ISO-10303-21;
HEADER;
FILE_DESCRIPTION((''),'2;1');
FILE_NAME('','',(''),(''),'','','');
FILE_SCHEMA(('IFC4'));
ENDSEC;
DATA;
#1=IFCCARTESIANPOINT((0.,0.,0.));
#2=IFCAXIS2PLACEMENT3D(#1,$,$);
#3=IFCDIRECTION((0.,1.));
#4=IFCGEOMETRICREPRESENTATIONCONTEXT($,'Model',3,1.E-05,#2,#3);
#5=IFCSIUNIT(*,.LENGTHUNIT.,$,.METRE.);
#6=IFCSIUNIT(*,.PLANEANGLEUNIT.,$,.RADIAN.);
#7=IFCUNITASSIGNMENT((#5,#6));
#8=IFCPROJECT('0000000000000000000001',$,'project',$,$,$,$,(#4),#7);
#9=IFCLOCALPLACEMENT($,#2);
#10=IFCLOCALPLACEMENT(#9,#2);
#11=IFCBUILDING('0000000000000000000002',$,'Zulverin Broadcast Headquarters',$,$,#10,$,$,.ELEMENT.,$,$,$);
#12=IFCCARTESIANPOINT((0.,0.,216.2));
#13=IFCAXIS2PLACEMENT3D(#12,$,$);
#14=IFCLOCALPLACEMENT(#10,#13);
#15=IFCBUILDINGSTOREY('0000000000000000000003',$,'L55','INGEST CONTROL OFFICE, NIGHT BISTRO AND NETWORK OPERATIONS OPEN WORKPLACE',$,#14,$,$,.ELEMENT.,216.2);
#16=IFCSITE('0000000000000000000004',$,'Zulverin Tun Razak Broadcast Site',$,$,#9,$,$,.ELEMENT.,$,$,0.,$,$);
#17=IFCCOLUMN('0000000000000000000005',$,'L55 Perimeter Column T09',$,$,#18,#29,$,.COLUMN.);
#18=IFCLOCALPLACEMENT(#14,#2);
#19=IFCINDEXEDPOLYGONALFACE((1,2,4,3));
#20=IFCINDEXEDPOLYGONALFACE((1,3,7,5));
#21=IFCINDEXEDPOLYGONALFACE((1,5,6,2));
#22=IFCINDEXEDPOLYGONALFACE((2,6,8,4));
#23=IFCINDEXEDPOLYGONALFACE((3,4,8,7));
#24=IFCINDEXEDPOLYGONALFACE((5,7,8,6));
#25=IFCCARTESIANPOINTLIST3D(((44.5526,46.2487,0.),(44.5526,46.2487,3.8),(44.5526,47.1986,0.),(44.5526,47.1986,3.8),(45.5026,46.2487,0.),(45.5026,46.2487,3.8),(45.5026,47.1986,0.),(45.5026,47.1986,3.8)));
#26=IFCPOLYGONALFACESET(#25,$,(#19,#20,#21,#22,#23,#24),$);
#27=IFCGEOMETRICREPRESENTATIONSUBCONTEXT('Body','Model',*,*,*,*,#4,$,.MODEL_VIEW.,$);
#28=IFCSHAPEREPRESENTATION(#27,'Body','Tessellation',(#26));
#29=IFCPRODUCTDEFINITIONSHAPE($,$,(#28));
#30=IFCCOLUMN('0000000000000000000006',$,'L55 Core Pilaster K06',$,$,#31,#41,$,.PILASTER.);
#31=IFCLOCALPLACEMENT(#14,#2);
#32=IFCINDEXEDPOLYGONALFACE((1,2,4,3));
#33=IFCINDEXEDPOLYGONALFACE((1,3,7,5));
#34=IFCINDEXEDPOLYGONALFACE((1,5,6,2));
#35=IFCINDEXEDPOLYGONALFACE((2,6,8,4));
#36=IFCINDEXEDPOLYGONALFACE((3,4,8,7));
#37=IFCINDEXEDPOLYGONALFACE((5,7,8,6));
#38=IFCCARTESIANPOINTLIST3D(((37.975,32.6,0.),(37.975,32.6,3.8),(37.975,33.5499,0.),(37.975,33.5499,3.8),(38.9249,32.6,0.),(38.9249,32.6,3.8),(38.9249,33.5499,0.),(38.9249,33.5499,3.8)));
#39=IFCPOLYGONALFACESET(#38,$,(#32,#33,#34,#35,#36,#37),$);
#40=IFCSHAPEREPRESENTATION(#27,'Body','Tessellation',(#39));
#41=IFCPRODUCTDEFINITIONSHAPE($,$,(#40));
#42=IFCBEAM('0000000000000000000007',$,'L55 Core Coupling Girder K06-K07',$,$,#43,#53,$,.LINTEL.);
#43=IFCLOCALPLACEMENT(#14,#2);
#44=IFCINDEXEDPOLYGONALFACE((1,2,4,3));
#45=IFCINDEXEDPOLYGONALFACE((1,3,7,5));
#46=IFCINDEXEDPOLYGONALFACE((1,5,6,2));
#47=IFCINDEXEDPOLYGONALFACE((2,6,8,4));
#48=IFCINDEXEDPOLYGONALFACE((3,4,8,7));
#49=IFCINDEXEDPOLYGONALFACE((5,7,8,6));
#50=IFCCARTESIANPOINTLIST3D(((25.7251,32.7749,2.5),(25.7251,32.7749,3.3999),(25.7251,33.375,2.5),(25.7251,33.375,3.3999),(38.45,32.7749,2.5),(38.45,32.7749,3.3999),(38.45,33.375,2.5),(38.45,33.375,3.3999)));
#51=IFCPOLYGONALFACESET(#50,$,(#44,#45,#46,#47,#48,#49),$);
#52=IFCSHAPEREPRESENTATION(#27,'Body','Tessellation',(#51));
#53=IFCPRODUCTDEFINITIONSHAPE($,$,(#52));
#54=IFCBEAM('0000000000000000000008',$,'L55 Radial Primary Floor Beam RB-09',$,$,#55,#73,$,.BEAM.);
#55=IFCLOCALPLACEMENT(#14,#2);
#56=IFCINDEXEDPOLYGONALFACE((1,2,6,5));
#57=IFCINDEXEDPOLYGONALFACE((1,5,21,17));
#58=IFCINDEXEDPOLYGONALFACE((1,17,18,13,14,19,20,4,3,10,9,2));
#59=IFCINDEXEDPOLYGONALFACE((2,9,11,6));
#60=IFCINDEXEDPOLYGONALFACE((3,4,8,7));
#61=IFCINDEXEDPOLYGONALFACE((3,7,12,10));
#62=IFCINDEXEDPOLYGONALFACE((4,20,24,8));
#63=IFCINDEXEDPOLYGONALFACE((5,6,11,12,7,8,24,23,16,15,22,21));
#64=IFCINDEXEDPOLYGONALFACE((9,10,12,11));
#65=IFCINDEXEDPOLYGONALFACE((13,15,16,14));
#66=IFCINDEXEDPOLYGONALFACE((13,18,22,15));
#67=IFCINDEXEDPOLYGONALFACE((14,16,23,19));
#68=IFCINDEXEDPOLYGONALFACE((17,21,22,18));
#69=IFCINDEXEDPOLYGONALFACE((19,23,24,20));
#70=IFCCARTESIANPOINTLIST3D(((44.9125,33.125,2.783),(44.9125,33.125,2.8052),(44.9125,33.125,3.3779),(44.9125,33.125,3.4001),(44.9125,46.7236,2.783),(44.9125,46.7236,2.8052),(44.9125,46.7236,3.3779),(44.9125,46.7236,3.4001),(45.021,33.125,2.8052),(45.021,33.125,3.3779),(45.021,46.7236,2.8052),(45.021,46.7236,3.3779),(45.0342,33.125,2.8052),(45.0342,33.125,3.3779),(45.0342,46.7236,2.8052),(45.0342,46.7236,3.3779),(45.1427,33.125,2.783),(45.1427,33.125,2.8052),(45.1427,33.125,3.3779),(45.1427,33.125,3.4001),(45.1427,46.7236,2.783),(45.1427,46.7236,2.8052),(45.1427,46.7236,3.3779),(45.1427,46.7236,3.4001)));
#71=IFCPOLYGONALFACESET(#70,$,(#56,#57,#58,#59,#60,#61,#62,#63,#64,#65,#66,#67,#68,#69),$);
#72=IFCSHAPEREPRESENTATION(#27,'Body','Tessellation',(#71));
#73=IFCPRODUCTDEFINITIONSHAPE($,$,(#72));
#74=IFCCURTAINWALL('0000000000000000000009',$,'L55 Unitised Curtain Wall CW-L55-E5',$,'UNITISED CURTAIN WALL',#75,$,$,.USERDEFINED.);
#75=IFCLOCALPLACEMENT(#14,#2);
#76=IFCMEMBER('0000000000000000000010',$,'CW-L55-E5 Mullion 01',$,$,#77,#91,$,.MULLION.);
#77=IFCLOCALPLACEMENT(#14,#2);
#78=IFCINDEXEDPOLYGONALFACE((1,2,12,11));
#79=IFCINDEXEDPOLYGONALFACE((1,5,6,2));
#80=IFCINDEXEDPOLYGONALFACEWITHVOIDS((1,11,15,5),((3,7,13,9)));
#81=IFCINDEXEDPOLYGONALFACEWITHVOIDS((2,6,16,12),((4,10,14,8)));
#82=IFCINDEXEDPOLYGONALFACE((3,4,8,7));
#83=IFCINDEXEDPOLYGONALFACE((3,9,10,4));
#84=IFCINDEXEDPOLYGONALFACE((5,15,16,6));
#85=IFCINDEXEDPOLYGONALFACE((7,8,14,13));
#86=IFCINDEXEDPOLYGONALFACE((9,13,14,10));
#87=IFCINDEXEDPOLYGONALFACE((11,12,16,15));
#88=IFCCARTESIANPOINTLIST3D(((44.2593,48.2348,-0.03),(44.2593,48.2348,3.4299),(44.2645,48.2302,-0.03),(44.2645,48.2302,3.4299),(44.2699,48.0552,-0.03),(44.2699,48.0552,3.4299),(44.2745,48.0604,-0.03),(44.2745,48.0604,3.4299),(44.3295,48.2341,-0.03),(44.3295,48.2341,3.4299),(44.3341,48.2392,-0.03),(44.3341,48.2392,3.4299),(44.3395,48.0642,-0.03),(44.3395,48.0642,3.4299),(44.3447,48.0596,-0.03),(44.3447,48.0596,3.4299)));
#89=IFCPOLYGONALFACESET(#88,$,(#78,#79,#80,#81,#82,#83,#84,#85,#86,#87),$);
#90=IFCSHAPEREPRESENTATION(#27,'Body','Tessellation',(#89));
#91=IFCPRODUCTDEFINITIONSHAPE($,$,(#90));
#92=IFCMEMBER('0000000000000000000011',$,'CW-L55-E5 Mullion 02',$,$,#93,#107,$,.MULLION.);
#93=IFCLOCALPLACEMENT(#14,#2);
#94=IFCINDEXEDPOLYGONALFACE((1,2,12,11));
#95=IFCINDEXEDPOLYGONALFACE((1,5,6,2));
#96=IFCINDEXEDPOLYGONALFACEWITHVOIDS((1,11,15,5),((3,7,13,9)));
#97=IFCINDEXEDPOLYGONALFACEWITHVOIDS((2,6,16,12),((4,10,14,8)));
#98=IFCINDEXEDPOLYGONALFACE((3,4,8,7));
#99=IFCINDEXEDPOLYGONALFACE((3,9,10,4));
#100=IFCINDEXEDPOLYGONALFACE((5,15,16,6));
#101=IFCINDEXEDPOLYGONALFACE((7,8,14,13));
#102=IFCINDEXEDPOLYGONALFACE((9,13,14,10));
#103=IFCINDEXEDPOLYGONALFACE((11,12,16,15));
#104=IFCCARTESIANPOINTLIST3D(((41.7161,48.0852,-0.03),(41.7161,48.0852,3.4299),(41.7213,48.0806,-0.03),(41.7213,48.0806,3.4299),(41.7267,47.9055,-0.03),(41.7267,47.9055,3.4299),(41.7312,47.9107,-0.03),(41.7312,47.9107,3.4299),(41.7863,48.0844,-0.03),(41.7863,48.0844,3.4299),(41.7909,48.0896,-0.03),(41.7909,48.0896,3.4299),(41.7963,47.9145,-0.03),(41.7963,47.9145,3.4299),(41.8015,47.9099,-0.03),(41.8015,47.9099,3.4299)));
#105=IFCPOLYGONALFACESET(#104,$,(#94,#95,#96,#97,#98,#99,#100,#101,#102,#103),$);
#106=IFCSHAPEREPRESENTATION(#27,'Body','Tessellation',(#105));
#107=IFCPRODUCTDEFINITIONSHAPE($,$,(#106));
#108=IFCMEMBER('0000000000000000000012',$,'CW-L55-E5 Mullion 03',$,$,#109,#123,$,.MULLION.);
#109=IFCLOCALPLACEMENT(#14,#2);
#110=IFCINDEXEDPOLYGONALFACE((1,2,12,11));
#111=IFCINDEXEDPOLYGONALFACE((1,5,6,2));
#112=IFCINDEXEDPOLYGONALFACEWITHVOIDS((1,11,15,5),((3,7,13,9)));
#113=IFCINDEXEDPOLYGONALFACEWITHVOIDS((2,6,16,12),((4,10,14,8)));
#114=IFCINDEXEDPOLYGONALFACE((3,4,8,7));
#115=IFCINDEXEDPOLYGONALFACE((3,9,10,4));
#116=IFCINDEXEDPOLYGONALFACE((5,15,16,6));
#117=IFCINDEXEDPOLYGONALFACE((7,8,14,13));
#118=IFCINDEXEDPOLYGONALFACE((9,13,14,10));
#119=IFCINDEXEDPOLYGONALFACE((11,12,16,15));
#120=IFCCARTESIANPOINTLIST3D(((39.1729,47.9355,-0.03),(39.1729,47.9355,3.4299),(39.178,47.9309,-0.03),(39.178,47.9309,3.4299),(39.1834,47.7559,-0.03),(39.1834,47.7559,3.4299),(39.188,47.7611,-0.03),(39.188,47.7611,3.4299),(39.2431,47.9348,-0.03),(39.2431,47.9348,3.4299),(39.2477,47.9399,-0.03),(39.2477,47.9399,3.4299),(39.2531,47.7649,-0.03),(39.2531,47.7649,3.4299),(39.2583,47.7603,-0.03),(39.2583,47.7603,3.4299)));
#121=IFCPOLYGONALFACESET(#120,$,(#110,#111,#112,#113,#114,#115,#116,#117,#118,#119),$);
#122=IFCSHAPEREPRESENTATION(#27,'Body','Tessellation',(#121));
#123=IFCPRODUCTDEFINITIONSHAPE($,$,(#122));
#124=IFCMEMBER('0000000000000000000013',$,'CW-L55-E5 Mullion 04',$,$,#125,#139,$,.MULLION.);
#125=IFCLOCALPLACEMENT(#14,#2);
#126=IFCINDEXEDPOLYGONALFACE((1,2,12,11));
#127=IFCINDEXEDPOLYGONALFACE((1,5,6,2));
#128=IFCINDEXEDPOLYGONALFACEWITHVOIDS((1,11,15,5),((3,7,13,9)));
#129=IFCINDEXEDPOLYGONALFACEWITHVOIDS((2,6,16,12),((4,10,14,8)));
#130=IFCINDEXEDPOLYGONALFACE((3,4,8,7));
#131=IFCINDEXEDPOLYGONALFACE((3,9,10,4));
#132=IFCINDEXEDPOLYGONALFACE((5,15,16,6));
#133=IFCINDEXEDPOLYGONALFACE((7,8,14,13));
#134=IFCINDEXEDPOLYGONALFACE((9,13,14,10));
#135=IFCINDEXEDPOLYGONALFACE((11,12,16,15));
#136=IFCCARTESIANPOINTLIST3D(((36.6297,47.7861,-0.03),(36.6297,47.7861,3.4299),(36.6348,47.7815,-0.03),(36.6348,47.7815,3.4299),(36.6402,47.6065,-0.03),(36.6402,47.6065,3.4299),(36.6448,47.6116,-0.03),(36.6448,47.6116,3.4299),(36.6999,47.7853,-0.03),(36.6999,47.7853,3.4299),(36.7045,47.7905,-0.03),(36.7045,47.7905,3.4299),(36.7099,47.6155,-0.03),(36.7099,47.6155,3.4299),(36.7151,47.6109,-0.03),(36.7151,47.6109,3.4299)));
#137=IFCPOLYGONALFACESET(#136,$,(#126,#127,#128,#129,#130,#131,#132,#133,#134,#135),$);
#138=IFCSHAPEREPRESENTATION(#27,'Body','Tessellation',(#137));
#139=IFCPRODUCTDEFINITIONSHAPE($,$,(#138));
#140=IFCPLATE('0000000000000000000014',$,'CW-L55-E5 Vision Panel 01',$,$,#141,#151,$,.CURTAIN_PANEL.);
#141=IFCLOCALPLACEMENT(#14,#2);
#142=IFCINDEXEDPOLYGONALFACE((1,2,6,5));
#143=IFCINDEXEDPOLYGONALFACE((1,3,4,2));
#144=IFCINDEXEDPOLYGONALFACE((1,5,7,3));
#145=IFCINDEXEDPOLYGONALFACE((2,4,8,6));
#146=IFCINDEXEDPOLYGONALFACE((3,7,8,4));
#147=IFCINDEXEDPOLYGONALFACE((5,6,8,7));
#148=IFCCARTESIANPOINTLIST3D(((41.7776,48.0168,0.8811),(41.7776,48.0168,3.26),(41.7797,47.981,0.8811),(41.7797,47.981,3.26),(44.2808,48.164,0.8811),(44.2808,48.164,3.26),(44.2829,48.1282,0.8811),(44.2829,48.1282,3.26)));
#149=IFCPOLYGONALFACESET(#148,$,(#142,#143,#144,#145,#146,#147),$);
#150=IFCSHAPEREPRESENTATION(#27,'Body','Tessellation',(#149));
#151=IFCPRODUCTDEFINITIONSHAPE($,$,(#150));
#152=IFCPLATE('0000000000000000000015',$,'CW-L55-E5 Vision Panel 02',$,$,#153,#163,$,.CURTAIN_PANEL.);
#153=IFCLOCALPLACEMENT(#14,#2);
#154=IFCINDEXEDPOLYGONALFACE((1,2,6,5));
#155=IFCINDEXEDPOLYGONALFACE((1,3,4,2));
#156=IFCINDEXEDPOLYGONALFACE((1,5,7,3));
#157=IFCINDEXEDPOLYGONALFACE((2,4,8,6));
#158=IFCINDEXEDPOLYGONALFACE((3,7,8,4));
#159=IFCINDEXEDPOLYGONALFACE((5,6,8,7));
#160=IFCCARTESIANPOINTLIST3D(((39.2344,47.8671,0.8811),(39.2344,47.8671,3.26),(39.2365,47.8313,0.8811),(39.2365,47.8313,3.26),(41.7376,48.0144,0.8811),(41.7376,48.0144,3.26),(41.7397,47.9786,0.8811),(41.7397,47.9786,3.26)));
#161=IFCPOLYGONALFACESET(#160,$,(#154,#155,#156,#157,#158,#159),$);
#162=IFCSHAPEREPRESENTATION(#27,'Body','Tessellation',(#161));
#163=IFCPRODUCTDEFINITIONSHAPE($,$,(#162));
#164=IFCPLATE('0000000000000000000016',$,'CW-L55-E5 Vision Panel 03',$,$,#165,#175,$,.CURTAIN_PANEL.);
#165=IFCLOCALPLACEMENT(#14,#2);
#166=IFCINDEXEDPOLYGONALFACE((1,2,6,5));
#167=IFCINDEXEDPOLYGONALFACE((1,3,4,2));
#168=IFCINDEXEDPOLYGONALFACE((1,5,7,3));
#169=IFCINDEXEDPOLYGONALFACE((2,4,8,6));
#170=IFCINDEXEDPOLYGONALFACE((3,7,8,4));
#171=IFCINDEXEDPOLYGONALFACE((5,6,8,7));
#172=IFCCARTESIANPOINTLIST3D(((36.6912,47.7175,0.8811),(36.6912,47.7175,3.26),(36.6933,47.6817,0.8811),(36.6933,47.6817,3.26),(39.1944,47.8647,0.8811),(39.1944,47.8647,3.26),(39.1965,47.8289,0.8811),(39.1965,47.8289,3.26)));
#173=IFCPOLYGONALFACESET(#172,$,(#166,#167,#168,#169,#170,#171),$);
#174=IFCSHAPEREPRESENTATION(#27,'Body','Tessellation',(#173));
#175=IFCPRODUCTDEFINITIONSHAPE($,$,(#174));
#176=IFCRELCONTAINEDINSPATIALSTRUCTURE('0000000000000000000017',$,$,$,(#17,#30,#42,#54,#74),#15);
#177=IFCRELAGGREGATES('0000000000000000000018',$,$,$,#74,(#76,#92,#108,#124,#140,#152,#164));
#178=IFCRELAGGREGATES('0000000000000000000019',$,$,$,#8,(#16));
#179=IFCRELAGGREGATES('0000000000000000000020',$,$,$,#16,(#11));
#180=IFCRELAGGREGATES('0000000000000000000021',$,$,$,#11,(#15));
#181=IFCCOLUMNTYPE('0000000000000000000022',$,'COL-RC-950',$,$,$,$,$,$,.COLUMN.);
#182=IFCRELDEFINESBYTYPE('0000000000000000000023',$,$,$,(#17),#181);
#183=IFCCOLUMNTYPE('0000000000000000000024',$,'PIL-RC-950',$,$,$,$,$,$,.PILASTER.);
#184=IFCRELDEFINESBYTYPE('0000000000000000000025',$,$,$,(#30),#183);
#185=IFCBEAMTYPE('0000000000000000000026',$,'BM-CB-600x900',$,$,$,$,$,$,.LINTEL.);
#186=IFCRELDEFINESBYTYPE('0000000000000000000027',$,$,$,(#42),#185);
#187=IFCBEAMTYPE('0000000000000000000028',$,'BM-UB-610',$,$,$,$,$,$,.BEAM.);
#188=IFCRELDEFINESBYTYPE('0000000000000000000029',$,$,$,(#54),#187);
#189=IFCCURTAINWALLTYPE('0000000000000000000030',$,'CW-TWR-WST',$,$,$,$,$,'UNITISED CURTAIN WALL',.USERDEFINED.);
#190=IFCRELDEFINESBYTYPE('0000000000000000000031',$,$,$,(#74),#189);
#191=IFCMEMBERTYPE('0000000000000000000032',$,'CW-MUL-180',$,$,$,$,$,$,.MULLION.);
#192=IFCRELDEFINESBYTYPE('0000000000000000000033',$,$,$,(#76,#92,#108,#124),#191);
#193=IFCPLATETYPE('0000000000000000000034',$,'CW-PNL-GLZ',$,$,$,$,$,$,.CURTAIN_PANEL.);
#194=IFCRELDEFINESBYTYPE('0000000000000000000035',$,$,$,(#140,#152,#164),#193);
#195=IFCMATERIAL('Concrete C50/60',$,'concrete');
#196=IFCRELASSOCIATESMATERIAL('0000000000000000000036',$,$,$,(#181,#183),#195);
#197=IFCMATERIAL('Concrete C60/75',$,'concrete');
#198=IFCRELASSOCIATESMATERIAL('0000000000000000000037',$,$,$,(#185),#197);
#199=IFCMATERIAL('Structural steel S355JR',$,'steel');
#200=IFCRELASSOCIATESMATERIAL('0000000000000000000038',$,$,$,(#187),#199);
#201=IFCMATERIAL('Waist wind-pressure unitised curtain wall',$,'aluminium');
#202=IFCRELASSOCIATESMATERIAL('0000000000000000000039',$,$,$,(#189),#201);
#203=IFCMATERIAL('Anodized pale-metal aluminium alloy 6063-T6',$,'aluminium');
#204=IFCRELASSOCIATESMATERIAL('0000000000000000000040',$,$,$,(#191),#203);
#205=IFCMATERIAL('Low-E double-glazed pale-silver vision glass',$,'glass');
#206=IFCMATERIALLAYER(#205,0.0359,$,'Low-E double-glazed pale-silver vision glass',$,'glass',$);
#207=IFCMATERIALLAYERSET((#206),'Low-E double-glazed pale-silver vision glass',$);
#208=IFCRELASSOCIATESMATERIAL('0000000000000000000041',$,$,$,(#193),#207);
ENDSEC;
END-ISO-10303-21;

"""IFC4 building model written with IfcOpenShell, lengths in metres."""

from ifc_helpers import new_model, si_unit, direction, frame, origin, origin_2d, place, context, subcontext, project, spatial, rectangle, hollow_rectangle, i_section, extrude, material, layer, layer_set, material_profile, profile_set, type_object, element, aggregate, save


model = new_model("IFC4")

# Units and contexts
model_context = context("Model", 3, precision=1e-05, world=origin(), true_north=direction((0.0, 1.0)))
body_context = subcontext(model_context, "Body", "Model", "MODEL_VIEW")
ifc_project = project(units=[si_unit("LENGTHUNIT", "METRE"), si_unit("PLANEANGLEUNIT", "RADIAN")], contexts=[model_context])

# Site, building, storey
site_placement = place(None, origin())
site = spatial("IfcSite", under=ifc_project, at=site_placement, Name="Zulverin Tun Razak Broadcast Site", CompositionType="ELEMENT", RefElevation=0.0)
building_placement = place(site_placement, origin())
building = spatial("IfcBuilding", under=site, at=building_placement, Name="Zulverin Broadcast Headquarters", CompositionType="ELEMENT")
storey_placement = place(building_placement, frame((0.0, 0.0, 216.2)))
storey = spatial("IfcBuildingStorey", under=building, at=storey_placement, Name="L55", Description="INGEST CONTROL OFFICE, NIGHT BISTRO AND NETWORK OPERATIONS OPEN WORKPLACE", CompositionType="ELEMENT", Elevation=216.2)

# Columns
ifc_material_1 = material(Name="Concrete C50/60", Category="concrete")
ifc_material_profile_1 = material_profile(ifc_material_1, rectangle(XDim=0.95, YDim=0.95, at=origin_2d()), Name="Concrete C50/60", Category="concrete")
ifc_profile_set_1 = profile_set([ifc_material_profile_1], Name="Concrete C50/60")
column_type_1 = type_object("IfcColumnType", Name="COL-RC-950", PredefinedType="COLUMN", material=ifc_profile_set_1)
column_1_placement = place(storey_placement, frame((45.0276, 46.7236, 0.0), z_axis=(0.0, 0.0, 1.0), x_axis=(1.0, 0.0, 0.0)))
element("IfcColumn", 1, at=column_1_placement, inside=storey, type_object=column_type_1, Name="L55 Perimeter Column T09", PredefinedType="COLUMN", context=body_context, shape_type="SweptSolid", body=[
    extrude(rectangle(XDim=0.95, YDim=0.95, at=origin_2d()), origin(), (0.0, 0.0, 1.0), 3.8),
])
ifc_material_profile_2 = material_profile(ifc_material_1, rectangle(XDim=0.95, YDim=0.95, at=origin_2d()), Name="Concrete C50/60", Category="concrete")
ifc_profile_set_2 = profile_set([ifc_material_profile_2], Name="Concrete C50/60")
column_type_2 = type_object("IfcColumnType", Name="PIL-RC-950", PredefinedType="PILASTER", material=ifc_profile_set_2)
column_2_placement = place(storey_placement, frame((38.45, 33.075, 0.0), z_axis=(0.0, 0.0, 1.0), x_axis=(1.0, 0.0, 0.0)))
element("IfcColumn", 2, at=column_2_placement, inside=storey, type_object=column_type_2, Name="L55 Core Pilaster K06", PredefinedType="PILASTER", context=body_context, shape_type="SweptSolid", body=[
    extrude(rectangle(XDim=0.95, YDim=0.95, at=origin_2d()), origin(), (0.0, 0.0, 1.0), 3.8),
])

# Beams
ifc_material_2 = material(Name="Concrete C60/75", Category="concrete")
ifc_material_profile_3 = material_profile(ifc_material_2, rectangle(XDim=0.6001, YDim=0.8999, at=origin_2d()), Name="Concrete C60/75", Category="concrete")
ifc_profile_set_3 = profile_set([ifc_material_profile_3], Name="Concrete C60/75")
beam_type_1 = type_object("IfcBeamType", Name="BM-CB-600x900", PredefinedType="LINTEL", material=ifc_profile_set_3)
beam_1_placement = place(storey_placement, frame((38.45, 33.075, 2.95), z_axis=(-1.0, 0.0, 0.0), x_axis=(0.0, -1.0, 0.0)))
element("IfcBeam", 3, at=beam_1_placement, inside=storey, type_object=beam_type_1, Name="L55 Core Coupling Girder K06-K07", PredefinedType="LINTEL", context=body_context, shape_type="SweptSolid", body=[
    extrude(rectangle(XDim=0.6001, YDim=0.8999, at=origin_2d()), origin(), (0.0, 0.0, 1.0), 12.7249),
])
ifc_material_3 = material(Name="Structural steel S355JR", Category="steel")
ifc_material_profile_4 = material_profile(ifc_material_3, i_section(OverallWidth=0.2302, OverallDepth=0.6172, WebThickness=0.0132, FlangeThickness=0.0222, at=origin_2d()), Name="Structural steel S355JR", Category="steel")
ifc_profile_set_4 = profile_set([ifc_material_profile_4], Name="Structural steel S355JR")
beam_type_2 = type_object("IfcBeamType", Name="BM-UB-610", PredefinedType="BEAM", material=ifc_profile_set_4)
beam_2_placement = place(storey_placement, frame((45.0276, 33.125, 3.0916), z_axis=(0.0, 1.0, 0.0), x_axis=(-1.0, 0.0, 0.0)))
element("IfcBeam", 4, at=beam_2_placement, inside=storey, type_object=beam_type_2, Name="L55 Radial Primary Floor Beam RB-09", PredefinedType="BEAM", context=body_context, shape_type="SweptSolid", body=[
    extrude(i_section(OverallWidth=0.2302, OverallDepth=0.6172, WebThickness=0.0132, FlangeThickness=0.0222, at=origin_2d()), origin(), (0.0, 0.0, 1.0), 13.5986),
])

# Curtain wall, members, plates
ifc_material_4 = material(Name="Waist wind-pressure unitised curtain wall", Category="aluminium")
curtain_wall_type = type_object("IfcCurtainWallType", Name="CW-TWR-WST", ElementType="UNITISED CURTAIN WALL", PredefinedType="USERDEFINED", material=ifc_material_4)
curtain_wall_placement = place(storey_placement, origin())
curtain_wall = element("IfcCurtainWall", 5, at=curtain_wall_placement, inside=storey, type_object=curtain_wall_type, Name="L55 Unitised Curtain Wall CW-L55-E5", ObjectType="UNITISED CURTAIN WALL", PredefinedType="USERDEFINED")
ifc_material_5 = material(Name="Anodized pale-metal aluminium alloy 6063-T6", Category="aluminium")
ifc_material_profile_5 = material_profile(ifc_material_5, hollow_rectangle(XDim=0.075, YDim=0.1799, WallThickness=0.0049, at=origin_2d()), Name="Anodized pale-metal aluminium alloy 6063-T6", Category="aluminium")
ifc_profile_set_5 = profile_set([ifc_material_profile_5], Name="Anodized pale-metal aluminium alloy 6063-T6")
member_type = type_object("IfcMemberType", Name="CW-MUL-180", PredefinedType="MULLION", material=ifc_profile_set_5)
member_1_placement = place(storey_placement, frame((44.302, 48.1472, -0.03), z_axis=(0.0, 0.0, 1.0), x_axis=(-0.998274, -0.058723, 0.0)))
member_1 = element("IfcMember", 6, at=member_1_placement, type_object=member_type, Name="CW-L55-E5 Mullion 01", PredefinedType="MULLION", context=body_context, shape_type="SweptSolid", body=[
    extrude(hollow_rectangle(XDim=0.075, YDim=0.1799, WallThickness=0.0049, at=origin_2d()), origin(), (0.0, 0.0, 1.0), 3.46),
])
member_2_placement = place(storey_placement, frame((41.7588, 47.9976, -0.03), z_axis=(0.0, 0.0, 1.0), x_axis=(-0.998274, -0.058723, 0.0)))
member_2 = element("IfcMember", 7, at=member_2_placement, type_object=member_type, Name="CW-L55-E5 Mullion 02", PredefinedType="MULLION", context=body_context, shape_type="SweptSolid", body=[
    extrude(hollow_rectangle(XDim=0.075, YDim=0.1799, WallThickness=0.0049, at=origin_2d()), origin(), (0.0, 0.0, 1.0), 3.46),
])
member_3_placement = place(storey_placement, frame((39.2156, 47.8479, -0.03), z_axis=(0.0, 0.0, 1.0), x_axis=(-0.998274, -0.058723, 0.0)))
member_3 = element("IfcMember", 8, at=member_3_placement, type_object=member_type, Name="CW-L55-E5 Mullion 03", PredefinedType="MULLION", context=body_context, shape_type="SweptSolid", body=[
    extrude(hollow_rectangle(XDim=0.075, YDim=0.1799, WallThickness=0.0049, at=origin_2d()), origin(), (0.0, 0.0, 1.0), 3.46),
])
member_4_placement = place(storey_placement, frame((36.6724, 47.6985, -0.03), z_axis=(0.0, 0.0, 1.0), x_axis=(-0.998274, -0.058723, 0.0)))
member_4 = element("IfcMember", 9, at=member_4_placement, type_object=member_type, Name="CW-L55-E5 Mullion 04", PredefinedType="MULLION", context=body_context, shape_type="SweptSolid", body=[
    extrude(hollow_rectangle(XDim=0.075, YDim=0.1799, WallThickness=0.0049, at=origin_2d()), origin(), (0.0, 0.0, 1.0), 3.46),
])
ifc_material_6 = material(Name="Low-E double-glazed pale-silver vision glass", Category="glass")
ifc_layer_1 = layer(ifc_material_6, 0.0359, Name="Low-E double-glazed pale-silver vision glass", Category="glass")
ifc_layer_set_1 = layer_set([ifc_layer_1], Name="Low-E double-glazed pale-silver vision glass")
plate_type_1 = type_object("IfcPlateType", Name="CW-PNL-GLZ", PredefinedType="CURTAIN_PANEL", material=ifc_layer_set_1)
plate_1_placement = place(storey_placement, frame((43.0303, 48.0725, 0.8811), z_axis=(0.0, 0.0, 1.0), x_axis=(-0.998274, -0.058723, 0.0)))
plate_1 = element("IfcPlate", 10, at=plate_1_placement, type_object=plate_type_1, Name="CW-L55-E5 Vision Panel 01", PredefinedType="CURTAIN_PANEL", context=body_context, shape_type="SweptSolid", body=[
    extrude(rectangle(XDim=2.5076, YDim=0.0359, at=origin_2d()), origin(), (0.0, 0.0, 1.0), 2.3789),
])
plate_2_placement = place(storey_placement, frame((40.4871, 47.9229, 0.8811), z_axis=(0.0, 0.0, 1.0), x_axis=(-0.998274, -0.058723, 0.0)))
plate_2 = element("IfcPlate", 11, at=plate_2_placement, type_object=plate_type_1, Name="CW-L55-E5 Vision Panel 02", PredefinedType="CURTAIN_PANEL", context=body_context, shape_type="SweptSolid", body=[
    extrude(rectangle(XDim=2.5076, YDim=0.0359, at=origin_2d()), origin(), (0.0, 0.0, 1.0), 2.3789),
])
plate_3_placement = place(storey_placement, frame((37.9438, 47.7732, 0.8811), z_axis=(0.0, 0.0, 1.0), x_axis=(-0.998274, -0.058723, 0.0)))
plate_3 = element("IfcPlate", 12, at=plate_3_placement, type_object=plate_type_1, Name="CW-L55-E5 Vision Panel 03", PredefinedType="CURTAIN_PANEL", context=body_context, shape_type="SweptSolid", body=[
    extrude(rectangle(XDim=2.5076, YDim=0.0359, at=origin_2d()), origin(), (0.0, 0.0, 1.0), 2.3789),
])
aggregate(curtain_wall, [member_1, member_2, member_3, member_4, plate_1, plate_2, plate_3])

save(model, "model.ifc")
